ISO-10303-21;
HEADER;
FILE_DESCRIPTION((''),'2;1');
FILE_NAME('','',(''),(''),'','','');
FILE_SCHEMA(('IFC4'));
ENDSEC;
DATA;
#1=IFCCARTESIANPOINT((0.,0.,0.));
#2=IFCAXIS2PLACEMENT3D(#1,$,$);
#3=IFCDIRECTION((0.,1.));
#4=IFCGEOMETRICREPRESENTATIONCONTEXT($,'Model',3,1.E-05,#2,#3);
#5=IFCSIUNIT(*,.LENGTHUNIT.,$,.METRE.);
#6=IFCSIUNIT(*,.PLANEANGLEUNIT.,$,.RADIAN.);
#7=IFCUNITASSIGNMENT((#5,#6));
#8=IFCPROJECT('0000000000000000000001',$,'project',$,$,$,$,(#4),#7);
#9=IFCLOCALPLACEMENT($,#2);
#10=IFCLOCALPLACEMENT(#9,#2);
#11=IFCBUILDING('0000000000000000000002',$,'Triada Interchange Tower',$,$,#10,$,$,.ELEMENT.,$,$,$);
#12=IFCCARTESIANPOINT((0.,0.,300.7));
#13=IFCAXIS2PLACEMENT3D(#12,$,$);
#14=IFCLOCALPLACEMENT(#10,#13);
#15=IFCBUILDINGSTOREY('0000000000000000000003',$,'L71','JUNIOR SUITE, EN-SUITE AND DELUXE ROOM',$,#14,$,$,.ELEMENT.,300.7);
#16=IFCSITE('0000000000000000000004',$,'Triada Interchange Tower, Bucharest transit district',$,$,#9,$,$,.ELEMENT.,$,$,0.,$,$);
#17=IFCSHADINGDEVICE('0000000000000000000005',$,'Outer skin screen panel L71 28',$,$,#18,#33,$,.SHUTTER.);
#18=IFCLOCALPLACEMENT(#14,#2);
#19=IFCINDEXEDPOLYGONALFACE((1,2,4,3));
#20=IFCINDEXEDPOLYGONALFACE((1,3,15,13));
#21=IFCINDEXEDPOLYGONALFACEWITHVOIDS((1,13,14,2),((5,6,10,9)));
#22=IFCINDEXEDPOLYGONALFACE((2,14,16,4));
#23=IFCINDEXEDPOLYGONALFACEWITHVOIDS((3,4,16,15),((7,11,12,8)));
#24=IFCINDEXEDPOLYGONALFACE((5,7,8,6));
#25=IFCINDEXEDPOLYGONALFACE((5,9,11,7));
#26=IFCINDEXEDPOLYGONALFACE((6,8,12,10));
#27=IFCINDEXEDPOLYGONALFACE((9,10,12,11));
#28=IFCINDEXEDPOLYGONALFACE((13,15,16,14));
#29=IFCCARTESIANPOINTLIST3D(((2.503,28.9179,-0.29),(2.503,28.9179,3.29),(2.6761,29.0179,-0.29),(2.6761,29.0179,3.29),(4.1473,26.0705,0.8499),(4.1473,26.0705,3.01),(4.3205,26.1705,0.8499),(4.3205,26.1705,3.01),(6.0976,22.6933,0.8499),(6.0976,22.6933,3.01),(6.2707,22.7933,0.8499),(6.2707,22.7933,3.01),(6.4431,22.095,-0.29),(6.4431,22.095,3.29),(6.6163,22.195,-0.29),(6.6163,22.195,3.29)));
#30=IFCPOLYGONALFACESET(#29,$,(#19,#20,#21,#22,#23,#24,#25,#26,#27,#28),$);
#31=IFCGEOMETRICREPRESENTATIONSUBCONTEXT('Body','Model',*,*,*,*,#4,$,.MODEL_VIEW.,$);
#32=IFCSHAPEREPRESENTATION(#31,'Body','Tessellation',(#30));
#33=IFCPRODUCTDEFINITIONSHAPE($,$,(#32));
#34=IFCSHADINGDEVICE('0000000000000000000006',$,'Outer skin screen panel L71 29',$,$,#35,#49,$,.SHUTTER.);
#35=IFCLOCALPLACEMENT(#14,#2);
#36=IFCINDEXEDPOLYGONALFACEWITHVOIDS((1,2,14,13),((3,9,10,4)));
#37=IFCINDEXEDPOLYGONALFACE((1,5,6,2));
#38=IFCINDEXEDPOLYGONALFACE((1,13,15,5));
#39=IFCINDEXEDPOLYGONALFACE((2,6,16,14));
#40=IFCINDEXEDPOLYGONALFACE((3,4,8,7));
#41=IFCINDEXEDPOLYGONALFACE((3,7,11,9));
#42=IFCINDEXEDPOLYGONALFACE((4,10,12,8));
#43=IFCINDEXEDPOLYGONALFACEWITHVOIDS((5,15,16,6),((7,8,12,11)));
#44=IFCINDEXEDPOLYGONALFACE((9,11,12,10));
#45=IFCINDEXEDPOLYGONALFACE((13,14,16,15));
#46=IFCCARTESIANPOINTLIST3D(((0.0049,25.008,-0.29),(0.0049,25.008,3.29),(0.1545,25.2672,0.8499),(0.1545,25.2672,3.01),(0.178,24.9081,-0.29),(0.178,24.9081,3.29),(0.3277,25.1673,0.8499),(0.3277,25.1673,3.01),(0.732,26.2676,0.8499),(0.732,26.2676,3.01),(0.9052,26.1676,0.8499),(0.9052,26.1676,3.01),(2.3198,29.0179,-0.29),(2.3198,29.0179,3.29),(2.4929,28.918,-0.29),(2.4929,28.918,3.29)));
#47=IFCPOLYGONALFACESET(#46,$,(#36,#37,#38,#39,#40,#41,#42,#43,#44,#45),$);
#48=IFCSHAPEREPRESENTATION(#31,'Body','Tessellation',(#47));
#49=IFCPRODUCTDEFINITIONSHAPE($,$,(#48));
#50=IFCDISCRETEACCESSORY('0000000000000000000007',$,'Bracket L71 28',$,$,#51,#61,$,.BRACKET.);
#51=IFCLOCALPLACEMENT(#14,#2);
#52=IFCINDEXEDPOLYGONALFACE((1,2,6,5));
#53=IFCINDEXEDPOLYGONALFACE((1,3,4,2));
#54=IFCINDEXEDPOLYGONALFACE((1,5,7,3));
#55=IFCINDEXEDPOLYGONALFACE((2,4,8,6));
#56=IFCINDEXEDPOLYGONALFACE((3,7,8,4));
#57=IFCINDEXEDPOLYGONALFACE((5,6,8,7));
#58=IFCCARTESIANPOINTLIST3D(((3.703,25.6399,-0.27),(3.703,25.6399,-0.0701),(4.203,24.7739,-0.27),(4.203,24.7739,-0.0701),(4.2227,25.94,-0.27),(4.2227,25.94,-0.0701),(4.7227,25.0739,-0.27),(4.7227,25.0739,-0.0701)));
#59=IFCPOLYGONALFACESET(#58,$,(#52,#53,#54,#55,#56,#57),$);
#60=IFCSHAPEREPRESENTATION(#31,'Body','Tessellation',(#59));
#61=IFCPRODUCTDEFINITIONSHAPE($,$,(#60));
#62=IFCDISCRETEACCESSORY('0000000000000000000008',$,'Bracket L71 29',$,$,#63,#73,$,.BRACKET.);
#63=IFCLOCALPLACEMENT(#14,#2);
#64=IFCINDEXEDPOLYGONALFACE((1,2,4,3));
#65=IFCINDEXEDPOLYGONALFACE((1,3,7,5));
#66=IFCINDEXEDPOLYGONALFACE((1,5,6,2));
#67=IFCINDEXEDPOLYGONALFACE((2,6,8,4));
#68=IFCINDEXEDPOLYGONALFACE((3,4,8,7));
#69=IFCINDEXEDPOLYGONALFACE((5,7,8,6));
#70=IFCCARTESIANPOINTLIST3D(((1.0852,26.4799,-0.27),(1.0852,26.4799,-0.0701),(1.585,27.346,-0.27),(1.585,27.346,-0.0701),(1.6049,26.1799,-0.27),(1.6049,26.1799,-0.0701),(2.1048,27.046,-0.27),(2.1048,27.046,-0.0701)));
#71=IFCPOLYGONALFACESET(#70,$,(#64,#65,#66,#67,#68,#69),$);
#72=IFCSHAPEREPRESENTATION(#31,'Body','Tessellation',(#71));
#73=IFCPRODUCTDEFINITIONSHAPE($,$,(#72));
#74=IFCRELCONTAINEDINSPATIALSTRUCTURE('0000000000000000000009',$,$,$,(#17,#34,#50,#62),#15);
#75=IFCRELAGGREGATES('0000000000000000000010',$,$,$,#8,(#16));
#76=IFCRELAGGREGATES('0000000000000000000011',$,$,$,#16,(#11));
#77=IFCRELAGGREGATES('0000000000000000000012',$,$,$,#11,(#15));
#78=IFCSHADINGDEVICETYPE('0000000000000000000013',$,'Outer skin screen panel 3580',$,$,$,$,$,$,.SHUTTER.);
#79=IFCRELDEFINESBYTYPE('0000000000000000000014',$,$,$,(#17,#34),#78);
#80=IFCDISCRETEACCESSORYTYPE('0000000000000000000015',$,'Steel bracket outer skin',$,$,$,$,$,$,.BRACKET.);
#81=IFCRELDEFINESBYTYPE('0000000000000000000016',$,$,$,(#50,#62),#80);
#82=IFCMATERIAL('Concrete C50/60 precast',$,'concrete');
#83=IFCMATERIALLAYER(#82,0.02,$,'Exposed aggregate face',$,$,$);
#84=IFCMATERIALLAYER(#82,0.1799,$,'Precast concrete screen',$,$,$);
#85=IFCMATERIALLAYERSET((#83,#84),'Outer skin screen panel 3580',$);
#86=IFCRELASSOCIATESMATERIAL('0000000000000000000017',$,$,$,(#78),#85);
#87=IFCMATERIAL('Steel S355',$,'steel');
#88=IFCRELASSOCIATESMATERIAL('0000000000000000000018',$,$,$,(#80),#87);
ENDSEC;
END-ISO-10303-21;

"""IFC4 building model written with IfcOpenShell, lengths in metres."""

from ifc_helpers import new_model, si_unit, direction, frame, origin, origin_2d, place, context, subcontext, project, spatial, polyline, rectangle, outline, extrude, material, layer, layer_set, type_object, element, save


model = new_model("IFC4")

# Units and contexts
model_context = context("Model", 3, precision=1e-05, world=origin(), true_north=direction((0.0, 1.0)))
body_context = subcontext(model_context, "Body", "Model", "MODEL_VIEW")
ifc_project = project(units=[si_unit("LENGTHUNIT", "METRE"), si_unit("PLANEANGLEUNIT", "RADIAN")], contexts=[model_context])

# Site, building, storey
site_placement = place(None, origin())
site = spatial("IfcSite", under=ifc_project, at=site_placement, Name="Triada Interchange Tower, Bucharest transit district", CompositionType="ELEMENT", RefElevation=0.0)
building_placement = place(site_placement, origin())
building = spatial("IfcBuilding", under=site, at=building_placement, Name="Triada Interchange Tower", CompositionType="ELEMENT")
storey_placement = place(building_placement, frame((0.0, 0.0, 300.7)))
storey = spatial("IfcBuildingStorey", under=building, at=storey_placement, Name="L71", Description="JUNIOR SUITE, EN-SUITE AND DELUXE ROOM", CompositionType="ELEMENT", Elevation=300.7)

# Shading devices
ifc_material_1 = material(Name="Concrete C50/60 precast", Category="concrete")
ifc_layer_1 = layer(ifc_material_1, 0.02, Name="Exposed aggregate face")
ifc_layer_2 = layer(ifc_material_1, 0.1799, Name="Precast concrete screen")
ifc_layer_set_1 = layer_set([ifc_layer_1, ifc_layer_2], Name="Outer skin screen panel 3580")
shading_device_type = type_object("IfcShadingDeviceType", Name="Outer skin screen panel 3580", PredefinedType="SHUTTER", material=ifc_layer_set_1)
shading_device_1_placement = place(storey_placement, frame((6.4431, 22.095, -0.29), z_axis=(0.0, 0.0, 1.0), x_axis=(-0.500088, 0.865975, 0.0)))
element("IfcShadingDevice", 1, at=shading_device_1_placement, inside=storey, type_object=shading_device_type, Name="Outer skin screen panel L71 28", PredefinedType="SHUTTER", context=body_context, shape_type="SweptSolid", body=[
    extrude(outline(polyline([(0.0, 0.0), (7.8789, 0.0), (7.8789, 3.5801), (0.0, 3.5801), (0.0, 0.0)]), holes=[polyline([(0.6909, 1.1399), (0.6909, 3.3), (4.5908, 3.3), (4.5908, 1.1399), (0.6909, 1.1399)])]), frame((0.0, 0.0, 0.0), z_axis=(0.0, -1.0, 0.0), x_axis=(1.0, 0.0, 0.0)), (0.0, 0.0, 1.0), 0.2),
])
shading_device_2_placement = place(storey_placement, frame((2.4929, 28.918, -0.29), z_axis=(0.0, 0.0, 1.0), x_axis=(-0.499961, -0.866048, 0.0)))
element("IfcShadingDevice", 2, at=shading_device_2_placement, inside=storey, type_object=shading_device_type, Name="Outer skin screen panel L71 29", PredefinedType="SHUTTER", context=body_context, shape_type="SweptSolid", body=[
    extrude(outline(polyline([(0.0, 0.0), (4.6301, 0.0), (4.6301, 3.5801), (0.0, 3.5801), (0.0, 0.0)]), holes=[polyline([(3.1758, 1.1399), (3.1758, 3.3), (4.3308, 3.3), (4.3308, 1.1399), (3.1758, 1.1399)])]), frame((0.0, 0.0, 0.0), z_axis=(0.0, -1.0, 0.0), x_axis=(1.0, 0.0, 0.0)), (0.0, 0.0, 1.0), 0.2),
])

# Discrete accessories
ifc_material_2 = material(Name="Steel S355", Category="steel")
discrete_accessory_type = type_object("IfcDiscreteAccessoryType", Name="Steel bracket outer skin", PredefinedType="BRACKET", material=ifc_material_2)
for number, where, z_axis, x_axis, name in (
    (3, (4.2129, 25.3569, -0.27), (0.0, 0.0, 1.0), (0.866027, 0.499997, 0.0), "Bracket L71 28"),
    (4, (1.595, 26.7629, -0.27), (0.0, 0.0, 1.0), (-0.866092, 0.499884, 0.0), "Bracket L71 29"),
):
    element("IfcDiscreteAccessory", number, at=place(storey_placement, frame(where, z_axis=z_axis, x_axis=x_axis)), inside=storey, type_object=discrete_accessory_type, Name=name, PredefinedType="BRACKET", context=body_context, shape_type="SweptSolid", body=[
        extrude(rectangle(XDim=0.6001, YDim=1.0, at=origin_2d()), origin(), (0.0, 0.0, 1.0), 0.2),
    ])

save(model, "model.ifc")
